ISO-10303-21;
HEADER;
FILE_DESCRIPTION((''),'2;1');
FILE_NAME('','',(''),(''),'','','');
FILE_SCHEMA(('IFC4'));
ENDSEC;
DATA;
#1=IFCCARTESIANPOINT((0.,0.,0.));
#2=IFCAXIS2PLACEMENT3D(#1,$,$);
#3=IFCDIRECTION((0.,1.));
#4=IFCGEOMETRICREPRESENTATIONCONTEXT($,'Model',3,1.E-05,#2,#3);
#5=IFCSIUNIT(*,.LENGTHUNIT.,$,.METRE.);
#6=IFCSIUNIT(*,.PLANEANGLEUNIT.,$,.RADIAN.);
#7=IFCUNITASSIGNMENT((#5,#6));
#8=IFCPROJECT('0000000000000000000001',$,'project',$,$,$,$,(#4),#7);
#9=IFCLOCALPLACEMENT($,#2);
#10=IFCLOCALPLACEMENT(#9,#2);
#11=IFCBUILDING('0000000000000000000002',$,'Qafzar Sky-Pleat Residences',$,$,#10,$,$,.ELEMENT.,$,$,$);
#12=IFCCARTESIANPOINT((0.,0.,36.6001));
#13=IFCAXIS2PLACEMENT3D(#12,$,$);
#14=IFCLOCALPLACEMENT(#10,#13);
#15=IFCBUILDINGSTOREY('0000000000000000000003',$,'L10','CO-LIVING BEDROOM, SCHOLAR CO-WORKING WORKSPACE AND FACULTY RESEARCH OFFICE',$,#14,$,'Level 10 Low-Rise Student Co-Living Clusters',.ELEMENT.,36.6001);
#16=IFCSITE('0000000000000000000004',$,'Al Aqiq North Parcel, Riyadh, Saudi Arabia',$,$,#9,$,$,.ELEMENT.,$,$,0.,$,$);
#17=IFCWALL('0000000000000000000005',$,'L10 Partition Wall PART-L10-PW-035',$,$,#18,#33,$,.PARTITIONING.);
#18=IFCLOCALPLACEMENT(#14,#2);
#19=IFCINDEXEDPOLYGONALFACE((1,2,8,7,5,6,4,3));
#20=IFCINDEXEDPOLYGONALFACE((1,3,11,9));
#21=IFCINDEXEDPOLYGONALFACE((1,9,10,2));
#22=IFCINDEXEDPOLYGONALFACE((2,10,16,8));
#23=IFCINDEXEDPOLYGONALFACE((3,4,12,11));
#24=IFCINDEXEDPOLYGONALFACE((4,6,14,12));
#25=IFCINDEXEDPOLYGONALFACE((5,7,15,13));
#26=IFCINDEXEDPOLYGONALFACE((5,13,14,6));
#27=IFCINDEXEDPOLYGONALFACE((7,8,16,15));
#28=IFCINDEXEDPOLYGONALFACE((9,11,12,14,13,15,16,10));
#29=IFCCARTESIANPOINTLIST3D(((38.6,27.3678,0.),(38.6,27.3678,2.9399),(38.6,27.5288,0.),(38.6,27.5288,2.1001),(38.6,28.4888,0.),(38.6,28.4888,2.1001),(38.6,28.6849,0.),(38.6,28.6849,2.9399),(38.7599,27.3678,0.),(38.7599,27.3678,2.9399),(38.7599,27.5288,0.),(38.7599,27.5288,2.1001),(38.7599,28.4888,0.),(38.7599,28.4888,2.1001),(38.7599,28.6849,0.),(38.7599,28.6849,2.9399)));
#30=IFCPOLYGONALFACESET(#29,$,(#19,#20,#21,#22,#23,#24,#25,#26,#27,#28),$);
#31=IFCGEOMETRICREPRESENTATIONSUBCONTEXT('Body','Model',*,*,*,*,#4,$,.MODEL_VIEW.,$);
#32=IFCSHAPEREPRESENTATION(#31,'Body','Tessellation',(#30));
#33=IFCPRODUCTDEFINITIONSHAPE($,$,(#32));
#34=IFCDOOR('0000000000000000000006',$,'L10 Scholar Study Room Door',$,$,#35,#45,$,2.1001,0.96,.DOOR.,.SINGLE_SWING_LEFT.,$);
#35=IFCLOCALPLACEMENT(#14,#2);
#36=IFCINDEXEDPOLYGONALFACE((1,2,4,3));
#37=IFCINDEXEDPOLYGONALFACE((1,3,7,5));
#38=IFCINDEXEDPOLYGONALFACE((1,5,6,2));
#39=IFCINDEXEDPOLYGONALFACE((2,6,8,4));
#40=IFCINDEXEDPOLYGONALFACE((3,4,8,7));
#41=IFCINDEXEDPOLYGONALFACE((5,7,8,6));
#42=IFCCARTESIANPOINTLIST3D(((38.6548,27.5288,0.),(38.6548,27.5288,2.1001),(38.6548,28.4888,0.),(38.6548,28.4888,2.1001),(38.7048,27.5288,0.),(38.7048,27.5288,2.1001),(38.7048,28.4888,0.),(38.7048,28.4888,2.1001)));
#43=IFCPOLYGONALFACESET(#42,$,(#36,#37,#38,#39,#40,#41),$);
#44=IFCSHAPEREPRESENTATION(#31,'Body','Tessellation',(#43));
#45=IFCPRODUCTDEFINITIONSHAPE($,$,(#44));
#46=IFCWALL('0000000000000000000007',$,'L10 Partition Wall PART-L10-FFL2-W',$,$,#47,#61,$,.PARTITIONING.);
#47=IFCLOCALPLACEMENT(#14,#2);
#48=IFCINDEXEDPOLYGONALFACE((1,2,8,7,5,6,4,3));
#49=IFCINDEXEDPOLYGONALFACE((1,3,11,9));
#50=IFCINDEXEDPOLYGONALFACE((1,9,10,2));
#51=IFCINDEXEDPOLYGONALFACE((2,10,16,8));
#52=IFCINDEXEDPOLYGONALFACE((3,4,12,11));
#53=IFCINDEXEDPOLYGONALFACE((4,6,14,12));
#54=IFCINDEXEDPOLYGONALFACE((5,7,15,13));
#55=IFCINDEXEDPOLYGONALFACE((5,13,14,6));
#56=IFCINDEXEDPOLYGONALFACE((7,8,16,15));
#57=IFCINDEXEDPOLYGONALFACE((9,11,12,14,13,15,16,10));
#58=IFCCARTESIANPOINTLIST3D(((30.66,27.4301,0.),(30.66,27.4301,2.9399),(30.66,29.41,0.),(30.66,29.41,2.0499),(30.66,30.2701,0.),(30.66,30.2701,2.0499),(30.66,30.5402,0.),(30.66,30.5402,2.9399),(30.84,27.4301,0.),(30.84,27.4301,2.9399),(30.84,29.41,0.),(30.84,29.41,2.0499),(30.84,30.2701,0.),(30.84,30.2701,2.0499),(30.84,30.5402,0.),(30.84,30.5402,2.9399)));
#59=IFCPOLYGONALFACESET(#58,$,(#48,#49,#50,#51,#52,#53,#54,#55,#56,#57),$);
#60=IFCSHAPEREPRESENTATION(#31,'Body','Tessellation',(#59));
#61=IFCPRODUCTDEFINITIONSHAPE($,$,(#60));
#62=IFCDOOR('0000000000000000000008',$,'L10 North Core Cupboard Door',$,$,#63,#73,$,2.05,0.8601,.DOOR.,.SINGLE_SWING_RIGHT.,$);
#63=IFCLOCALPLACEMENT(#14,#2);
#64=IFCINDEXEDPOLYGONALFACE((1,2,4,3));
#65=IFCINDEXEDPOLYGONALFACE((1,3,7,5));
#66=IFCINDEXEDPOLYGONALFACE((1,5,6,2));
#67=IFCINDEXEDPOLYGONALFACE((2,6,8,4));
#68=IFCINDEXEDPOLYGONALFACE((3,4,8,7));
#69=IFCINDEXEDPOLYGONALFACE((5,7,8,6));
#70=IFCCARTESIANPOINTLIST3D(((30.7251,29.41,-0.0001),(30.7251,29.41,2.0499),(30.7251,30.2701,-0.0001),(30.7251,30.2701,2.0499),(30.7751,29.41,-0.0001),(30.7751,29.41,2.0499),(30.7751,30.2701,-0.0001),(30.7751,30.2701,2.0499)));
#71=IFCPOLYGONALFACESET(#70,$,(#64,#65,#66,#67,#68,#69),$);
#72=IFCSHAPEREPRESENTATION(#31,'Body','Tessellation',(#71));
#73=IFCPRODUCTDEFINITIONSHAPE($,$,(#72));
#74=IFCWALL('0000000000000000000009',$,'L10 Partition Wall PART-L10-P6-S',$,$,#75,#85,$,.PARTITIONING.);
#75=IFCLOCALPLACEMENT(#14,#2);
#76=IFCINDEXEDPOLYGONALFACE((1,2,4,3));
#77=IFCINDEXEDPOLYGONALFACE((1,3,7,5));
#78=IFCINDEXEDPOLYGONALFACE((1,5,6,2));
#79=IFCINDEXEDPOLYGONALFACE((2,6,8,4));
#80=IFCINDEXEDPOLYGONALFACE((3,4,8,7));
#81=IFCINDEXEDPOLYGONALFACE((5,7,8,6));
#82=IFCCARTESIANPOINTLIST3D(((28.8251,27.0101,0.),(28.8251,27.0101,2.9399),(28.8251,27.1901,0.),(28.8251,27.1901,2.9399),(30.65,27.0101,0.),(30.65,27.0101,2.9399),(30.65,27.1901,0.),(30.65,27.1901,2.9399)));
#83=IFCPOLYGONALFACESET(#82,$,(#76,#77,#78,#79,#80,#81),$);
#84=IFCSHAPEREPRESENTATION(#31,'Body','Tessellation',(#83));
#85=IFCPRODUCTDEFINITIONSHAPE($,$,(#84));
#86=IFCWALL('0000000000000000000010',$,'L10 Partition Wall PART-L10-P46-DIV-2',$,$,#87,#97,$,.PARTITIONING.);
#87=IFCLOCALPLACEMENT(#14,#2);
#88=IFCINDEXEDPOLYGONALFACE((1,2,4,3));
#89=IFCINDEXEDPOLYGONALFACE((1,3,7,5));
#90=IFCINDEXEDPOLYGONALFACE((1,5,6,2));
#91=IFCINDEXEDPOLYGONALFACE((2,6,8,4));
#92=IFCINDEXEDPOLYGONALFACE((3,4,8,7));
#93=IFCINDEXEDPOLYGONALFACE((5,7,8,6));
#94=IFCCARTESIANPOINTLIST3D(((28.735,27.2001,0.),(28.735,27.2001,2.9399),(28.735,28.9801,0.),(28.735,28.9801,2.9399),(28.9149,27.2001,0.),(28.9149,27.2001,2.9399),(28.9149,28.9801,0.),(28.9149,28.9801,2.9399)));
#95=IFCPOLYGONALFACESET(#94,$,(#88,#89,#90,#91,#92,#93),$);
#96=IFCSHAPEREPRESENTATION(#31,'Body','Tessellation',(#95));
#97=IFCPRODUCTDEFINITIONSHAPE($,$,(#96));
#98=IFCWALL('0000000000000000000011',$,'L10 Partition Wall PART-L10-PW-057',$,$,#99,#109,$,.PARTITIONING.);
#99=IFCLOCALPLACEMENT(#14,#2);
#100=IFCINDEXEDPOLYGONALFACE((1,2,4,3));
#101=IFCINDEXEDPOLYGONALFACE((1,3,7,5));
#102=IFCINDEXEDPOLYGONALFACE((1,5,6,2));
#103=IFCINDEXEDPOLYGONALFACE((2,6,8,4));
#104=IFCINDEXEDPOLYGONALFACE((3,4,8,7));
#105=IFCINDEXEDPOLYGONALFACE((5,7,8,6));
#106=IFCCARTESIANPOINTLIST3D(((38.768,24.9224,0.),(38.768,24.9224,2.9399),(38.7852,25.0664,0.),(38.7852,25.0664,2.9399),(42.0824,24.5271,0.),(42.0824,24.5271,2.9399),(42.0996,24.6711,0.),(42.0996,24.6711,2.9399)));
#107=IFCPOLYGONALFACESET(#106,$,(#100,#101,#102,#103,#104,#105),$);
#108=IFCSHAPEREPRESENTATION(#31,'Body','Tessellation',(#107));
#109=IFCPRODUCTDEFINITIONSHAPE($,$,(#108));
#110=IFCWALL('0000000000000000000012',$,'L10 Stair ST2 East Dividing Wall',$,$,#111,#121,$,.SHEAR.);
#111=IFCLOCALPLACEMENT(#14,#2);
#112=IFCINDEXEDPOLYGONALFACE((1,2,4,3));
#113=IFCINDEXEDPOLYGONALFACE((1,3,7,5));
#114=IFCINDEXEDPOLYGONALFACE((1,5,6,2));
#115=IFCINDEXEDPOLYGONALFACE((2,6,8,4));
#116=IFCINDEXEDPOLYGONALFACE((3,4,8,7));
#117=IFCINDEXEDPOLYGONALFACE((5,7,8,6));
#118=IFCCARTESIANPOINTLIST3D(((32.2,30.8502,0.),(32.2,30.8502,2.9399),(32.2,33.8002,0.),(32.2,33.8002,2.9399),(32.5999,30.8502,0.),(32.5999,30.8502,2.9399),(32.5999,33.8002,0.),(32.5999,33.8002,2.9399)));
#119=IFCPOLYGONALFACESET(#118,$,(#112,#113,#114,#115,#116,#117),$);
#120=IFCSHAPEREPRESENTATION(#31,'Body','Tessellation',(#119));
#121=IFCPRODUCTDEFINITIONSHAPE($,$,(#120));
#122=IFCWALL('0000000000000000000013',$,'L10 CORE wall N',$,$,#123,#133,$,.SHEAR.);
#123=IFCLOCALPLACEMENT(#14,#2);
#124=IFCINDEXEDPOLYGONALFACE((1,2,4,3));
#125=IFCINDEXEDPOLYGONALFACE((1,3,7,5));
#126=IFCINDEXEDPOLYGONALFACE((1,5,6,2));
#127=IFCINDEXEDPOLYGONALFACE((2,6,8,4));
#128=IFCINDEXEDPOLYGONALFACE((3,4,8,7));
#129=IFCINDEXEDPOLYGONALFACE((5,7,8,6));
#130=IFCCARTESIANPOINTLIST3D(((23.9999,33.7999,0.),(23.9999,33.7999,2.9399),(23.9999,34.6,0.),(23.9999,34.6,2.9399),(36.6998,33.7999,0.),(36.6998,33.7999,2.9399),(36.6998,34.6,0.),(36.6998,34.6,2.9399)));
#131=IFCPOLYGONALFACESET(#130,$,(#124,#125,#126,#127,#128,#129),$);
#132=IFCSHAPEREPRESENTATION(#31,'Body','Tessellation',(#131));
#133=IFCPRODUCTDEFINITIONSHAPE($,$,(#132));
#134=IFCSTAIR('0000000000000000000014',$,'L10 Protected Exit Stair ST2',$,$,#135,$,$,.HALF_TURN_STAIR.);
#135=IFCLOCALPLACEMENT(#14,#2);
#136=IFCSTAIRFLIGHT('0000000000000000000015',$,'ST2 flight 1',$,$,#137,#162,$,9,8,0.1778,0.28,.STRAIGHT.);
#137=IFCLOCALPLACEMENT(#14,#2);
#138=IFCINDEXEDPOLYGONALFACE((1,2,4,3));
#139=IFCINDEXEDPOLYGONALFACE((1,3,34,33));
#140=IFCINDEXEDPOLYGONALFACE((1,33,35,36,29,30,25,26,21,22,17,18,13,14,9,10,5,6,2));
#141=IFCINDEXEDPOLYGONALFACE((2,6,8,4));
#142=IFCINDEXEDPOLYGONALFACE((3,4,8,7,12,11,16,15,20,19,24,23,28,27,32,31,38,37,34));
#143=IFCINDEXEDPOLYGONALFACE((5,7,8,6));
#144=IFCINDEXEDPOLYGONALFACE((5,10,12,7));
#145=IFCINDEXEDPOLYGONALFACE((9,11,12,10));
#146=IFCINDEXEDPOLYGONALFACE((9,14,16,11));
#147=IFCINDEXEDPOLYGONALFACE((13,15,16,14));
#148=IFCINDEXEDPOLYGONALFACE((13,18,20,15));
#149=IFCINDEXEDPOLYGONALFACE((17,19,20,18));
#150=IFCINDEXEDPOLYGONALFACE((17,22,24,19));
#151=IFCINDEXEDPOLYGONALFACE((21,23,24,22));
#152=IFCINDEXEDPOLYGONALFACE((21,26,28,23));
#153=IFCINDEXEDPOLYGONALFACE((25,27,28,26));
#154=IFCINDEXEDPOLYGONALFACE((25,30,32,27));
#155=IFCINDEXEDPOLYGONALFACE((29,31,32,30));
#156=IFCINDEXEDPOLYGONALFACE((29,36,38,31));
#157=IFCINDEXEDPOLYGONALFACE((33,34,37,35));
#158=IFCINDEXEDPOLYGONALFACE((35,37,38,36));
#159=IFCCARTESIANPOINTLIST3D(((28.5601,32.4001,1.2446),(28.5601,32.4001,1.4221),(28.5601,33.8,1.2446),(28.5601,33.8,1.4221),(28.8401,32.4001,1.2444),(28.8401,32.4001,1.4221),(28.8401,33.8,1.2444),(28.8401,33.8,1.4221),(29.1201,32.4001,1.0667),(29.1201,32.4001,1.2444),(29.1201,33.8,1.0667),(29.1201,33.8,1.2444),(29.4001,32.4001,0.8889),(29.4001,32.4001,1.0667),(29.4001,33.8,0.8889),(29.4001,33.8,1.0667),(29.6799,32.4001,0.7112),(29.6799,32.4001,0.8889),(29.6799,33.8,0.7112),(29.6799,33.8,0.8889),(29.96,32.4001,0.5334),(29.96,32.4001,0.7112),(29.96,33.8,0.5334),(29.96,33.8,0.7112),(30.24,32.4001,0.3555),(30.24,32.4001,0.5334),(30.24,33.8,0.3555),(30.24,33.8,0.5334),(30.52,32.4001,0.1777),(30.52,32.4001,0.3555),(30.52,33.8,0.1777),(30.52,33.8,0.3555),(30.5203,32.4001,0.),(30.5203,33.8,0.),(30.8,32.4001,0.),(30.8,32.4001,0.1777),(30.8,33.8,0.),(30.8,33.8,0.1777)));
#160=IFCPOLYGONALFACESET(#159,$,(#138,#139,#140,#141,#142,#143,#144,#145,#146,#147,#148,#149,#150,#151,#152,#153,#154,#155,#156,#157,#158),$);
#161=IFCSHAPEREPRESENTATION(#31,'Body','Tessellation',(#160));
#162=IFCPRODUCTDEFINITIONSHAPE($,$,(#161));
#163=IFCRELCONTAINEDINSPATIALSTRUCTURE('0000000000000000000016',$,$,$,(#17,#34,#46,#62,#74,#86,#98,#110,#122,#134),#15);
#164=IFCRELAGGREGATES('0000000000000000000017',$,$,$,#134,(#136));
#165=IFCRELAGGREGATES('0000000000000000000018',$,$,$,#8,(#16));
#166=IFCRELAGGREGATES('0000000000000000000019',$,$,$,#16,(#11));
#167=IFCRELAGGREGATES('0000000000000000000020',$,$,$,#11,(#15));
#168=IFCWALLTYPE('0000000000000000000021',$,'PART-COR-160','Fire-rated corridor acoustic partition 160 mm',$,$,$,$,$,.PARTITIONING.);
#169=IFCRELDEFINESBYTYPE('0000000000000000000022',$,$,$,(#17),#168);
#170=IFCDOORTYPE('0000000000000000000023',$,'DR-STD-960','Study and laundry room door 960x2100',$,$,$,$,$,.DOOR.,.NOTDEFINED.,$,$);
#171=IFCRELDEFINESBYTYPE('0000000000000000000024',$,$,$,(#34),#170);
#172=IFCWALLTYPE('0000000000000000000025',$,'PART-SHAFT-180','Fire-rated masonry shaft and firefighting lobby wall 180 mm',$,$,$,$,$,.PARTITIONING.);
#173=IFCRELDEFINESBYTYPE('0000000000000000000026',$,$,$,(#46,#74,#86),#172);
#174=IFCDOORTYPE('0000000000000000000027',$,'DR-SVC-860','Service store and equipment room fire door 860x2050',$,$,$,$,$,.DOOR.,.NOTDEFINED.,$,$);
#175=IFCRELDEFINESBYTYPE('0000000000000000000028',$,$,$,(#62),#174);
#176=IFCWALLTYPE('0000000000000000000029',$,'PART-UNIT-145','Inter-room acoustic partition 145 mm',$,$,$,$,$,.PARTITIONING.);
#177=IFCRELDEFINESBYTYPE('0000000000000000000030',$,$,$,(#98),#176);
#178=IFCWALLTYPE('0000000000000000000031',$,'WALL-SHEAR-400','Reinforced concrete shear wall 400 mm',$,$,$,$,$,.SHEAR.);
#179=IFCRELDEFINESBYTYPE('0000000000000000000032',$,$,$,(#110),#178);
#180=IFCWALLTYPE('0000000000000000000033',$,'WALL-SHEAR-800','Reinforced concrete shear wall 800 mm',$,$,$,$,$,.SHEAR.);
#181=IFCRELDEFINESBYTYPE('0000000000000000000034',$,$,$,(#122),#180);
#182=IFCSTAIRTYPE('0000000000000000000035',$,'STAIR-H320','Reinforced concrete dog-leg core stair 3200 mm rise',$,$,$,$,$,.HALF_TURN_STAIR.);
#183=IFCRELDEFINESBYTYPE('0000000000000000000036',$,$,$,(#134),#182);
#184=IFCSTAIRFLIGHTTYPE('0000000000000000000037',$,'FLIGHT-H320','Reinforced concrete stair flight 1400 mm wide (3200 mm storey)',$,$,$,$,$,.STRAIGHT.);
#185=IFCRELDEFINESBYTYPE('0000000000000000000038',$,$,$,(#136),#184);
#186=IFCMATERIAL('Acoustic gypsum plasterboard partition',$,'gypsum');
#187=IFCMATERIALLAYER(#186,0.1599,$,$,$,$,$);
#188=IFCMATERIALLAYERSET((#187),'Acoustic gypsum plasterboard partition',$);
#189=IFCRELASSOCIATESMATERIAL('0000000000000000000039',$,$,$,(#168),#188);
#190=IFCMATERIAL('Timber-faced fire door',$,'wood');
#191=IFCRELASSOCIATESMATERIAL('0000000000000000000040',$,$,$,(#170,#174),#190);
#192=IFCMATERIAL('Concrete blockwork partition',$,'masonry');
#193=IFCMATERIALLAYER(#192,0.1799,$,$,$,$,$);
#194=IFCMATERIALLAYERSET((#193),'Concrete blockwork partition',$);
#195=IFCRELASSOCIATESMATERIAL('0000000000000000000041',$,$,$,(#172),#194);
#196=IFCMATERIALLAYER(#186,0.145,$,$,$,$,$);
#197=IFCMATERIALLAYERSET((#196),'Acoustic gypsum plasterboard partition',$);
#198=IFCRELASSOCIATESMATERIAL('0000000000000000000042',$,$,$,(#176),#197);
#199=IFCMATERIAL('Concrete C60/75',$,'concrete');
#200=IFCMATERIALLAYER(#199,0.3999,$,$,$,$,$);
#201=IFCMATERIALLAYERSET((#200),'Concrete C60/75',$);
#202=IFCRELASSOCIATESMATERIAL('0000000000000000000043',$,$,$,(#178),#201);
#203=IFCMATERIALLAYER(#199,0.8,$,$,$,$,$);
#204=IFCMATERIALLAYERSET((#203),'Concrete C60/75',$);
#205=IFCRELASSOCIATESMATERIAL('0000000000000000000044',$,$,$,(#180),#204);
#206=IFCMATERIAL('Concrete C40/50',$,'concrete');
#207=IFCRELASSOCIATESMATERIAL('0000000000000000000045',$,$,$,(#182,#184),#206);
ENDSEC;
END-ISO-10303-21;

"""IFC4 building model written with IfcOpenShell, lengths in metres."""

from ifc_helpers import new_model, si_unit, direction, frame, frame_2d, origin, place, context, subcontext, project, spatial, polyline, rectangle, outline, extrude, source, transform, mapped, material, layer, layer_set, type_object, element, fill, aggregate, save


model = new_model("IFC4")

# Units and contexts
model_context = context("Model", 3, precision=1e-05, world=origin(), true_north=direction((0.0, 1.0)))
body_context = subcontext(model_context, "Body", "Model", "MODEL_VIEW")
ifc_project = project(units=[si_unit("LENGTHUNIT", "METRE"), si_unit("PLANEANGLEUNIT", "RADIAN")], contexts=[model_context])

# Site, building, storey
site_placement = place(None, origin())
site = spatial("IfcSite", under=ifc_project, at=site_placement, Name="Al Aqiq North Parcel, Riyadh, Saudi Arabia", CompositionType="ELEMENT", RefElevation=0.0)
building_placement = place(site_placement, origin())
building = spatial("IfcBuilding", under=site, at=building_placement, Name="Qafzar Sky-Pleat Residences", CompositionType="ELEMENT")
storey_placement = place(building_placement, frame((0.0, 0.0, 36.6001)))
storey = spatial("IfcBuildingStorey", under=building, at=storey_placement, Name="L10", Description="CO-LIVING BEDROOM, SCHOLAR CO-WORKING WORKSPACE AND FACULTY RESEARCH OFFICE", LongName="Level 10 Low-Rise Student Co-Living Clusters", CompositionType="ELEMENT", Elevation=36.6001)

# Walls, openings, doors
ifc_material_1 = material(Name="Acoustic gypsum plasterboard partition", Category="gypsum")
ifc_layer_1 = layer(ifc_material_1, 0.1599)
ifc_layer_set_1 = layer_set([ifc_layer_1], Name="Acoustic gypsum plasterboard partition")
wall_type_1 = type_object("IfcWallType", Name="PART-COR-160", Description="Fire-rated corridor acoustic partition 160 mm", PredefinedType="PARTITIONING", material=ifc_layer_set_1)
ifc_material_2 = material(Name="Timber-faced fire door", Category="wood")
wall_1_placement = place(storey_placement, frame((38.6799, 28.6851, 0.0), z_axis=(0.0, 0.0, 1.0), x_axis=(0.0, -1.0, 0.0)))
wall_1 = element("IfcWall", 1, at=wall_1_placement, inside=storey, type_object=wall_type_1, Name="L10 Partition Wall PART-L10-PW-035", PredefinedType="PARTITIONING", context=body_context, shape_type="SweptSolid", body=[
    extrude(rectangle(XDim=1.3171, YDim=0.1599, at=frame_2d((0.6587, 0.0))), origin(), (0.0, 0.0, 1.0), 2.9399),
])
opening_1_placement = place(wall_1_placement, frame((0.1963, 0.0, 0.0)))
opening_1 = element("IfcOpeningElement", 2, at=opening_1_placement, cuts=wall_1, PredefinedType="OPENING", context=body_context, shape_type="SweptSolid", body=[
    extrude(rectangle(XDim=0.96, YDim=2.1001, at=frame_2d((0.48, 1.05))), frame((0.0, 0.0898, 0.0), z_axis=(0.0, -1.0, 0.0), x_axis=(1.0, 0.0, 0.0)), (0.0, 0.0, 1.0), 0.1799),
])
door_type_1 = type_object("IfcDoorType", Name="DR-STD-960", Description="Study and laundry room door 960x2100", OperationType="NOTDEFINED", PredefinedType="DOOR", material=ifc_material_2)
shared_shape_1 = source(origin(), body_context, "Body", "SweptSolid", [
    extrude(rectangle(XDim=0.96, YDim=2.1001, at=frame_2d((0.48, 1.05))), frame((0.0, 0.0249, 0.0), z_axis=(0.0, -1.0, 0.0), x_axis=(1.0, 0.0, 0.0)), (0.0, 0.0, 1.0), 0.05),
])
door_1_placement = place(opening_1_placement, origin())
door_1 = element("IfcDoor", 3, at=door_1_placement, inside=storey, type_object=door_type_1, Name="L10 Scholar Study Room Door", OperationType="SINGLE_SWING_LEFT", OverallHeight=2.1001, OverallWidth=0.96, PredefinedType="DOOR", context=body_context, shape_type="MappedRepresentation", body=[
    mapped(shared_shape_1, transform((0.0, 0.0, 0.0), x_axis=(1.0, 0.0, 0.0), y_axis=(0.0, 1.0, 0.0), z_axis=(0.0, 0.0, 1.0), scale=1.0)),
])
fill(opening_1, door_1)
ifc_material_3 = material(Name="Concrete blockwork partition", Category="masonry")
ifc_layer_2 = layer(ifc_material_3, 0.1799)
ifc_layer_set_2 = layer_set([ifc_layer_2], Name="Concrete blockwork partition")
wall_type_2 = type_object("IfcWallType", Name="PART-SHAFT-180", Description="Fire-rated masonry shaft and firefighting lobby wall 180 mm", PredefinedType="PARTITIONING", material=ifc_layer_set_2)
wall_2_placement = place(storey_placement, frame((30.75, 27.4299, 0.0), z_axis=(0.0, 0.0, 1.0), x_axis=(0.0, 1.0, 0.0)))
wall_2 = element("IfcWall", 4, at=wall_2_placement, inside=storey, type_object=wall_type_2, Name="L10 Partition Wall PART-L10-FFL2-W", PredefinedType="PARTITIONING", context=body_context, shape_type="SweptSolid", body=[
    extrude(rectangle(XDim=3.1101, YDim=0.1799, at=frame_2d((1.5552, 0.0))), origin(), (0.0, 0.0, 1.0), 2.9399),
])
opening_2_placement = place(wall_2_placement, frame((1.98, 0.0, 0.0)))
opening_2 = element("IfcOpeningElement", 5, at=opening_2_placement, cuts=wall_2, PredefinedType="OPENING", context=body_context, shape_type="SweptSolid", body=[
    extrude(rectangle(XDim=0.8601, YDim=2.05, at=frame_2d((0.4302, 1.0249))), frame((0.0, 0.1001, 0.0), z_axis=(0.0, -1.0, 0.0), x_axis=(1.0, 0.0, 0.0)), (0.0, 0.0, 1.0), 0.2),
])
door_type_2 = type_object("IfcDoorType", Name="DR-SVC-860", Description="Service store and equipment room fire door 860x2050", OperationType="NOTDEFINED", PredefinedType="DOOR", material=ifc_material_2)
shared_shape_2 = source(origin(), body_context, "Body", "SweptSolid", [
    extrude(rectangle(XDim=0.8601, YDim=2.05, at=frame_2d((0.4302, 1.0249))), frame((0.0, 0.0249, 0.0), z_axis=(0.0, -1.0, 0.0), x_axis=(1.0, 0.0, 0.0)), (0.0, 0.0, 1.0), 0.05),
])
door_2_placement = place(opening_2_placement, origin())
door_2 = element("IfcDoor", 6, at=door_2_placement, inside=storey, type_object=door_type_2, Name="L10 North Core Cupboard Door", OperationType="SINGLE_SWING_RIGHT", OverallHeight=2.05, OverallWidth=0.8601, PredefinedType="DOOR", context=body_context, shape_type="MappedRepresentation", body=[
    mapped(shared_shape_2, transform((0.0, 0.0, 0.0), x_axis=(1.0, 0.0, 0.0), y_axis=(0.0, 1.0, 0.0), z_axis=(0.0, 0.0, 1.0), scale=1.0)),
])
fill(opening_2, door_2)

# Walls
wall_3_placement = place(storey_placement, frame((28.825, 27.1001, 0.0), z_axis=(0.0, 0.0, 1.0), x_axis=(1.0, 0.0, 0.0)))
element("IfcWall", 7, at=wall_3_placement, inside=storey, type_object=wall_type_2, Name="L10 Partition Wall PART-L10-P6-S", PredefinedType="PARTITIONING", context=body_context, shape_type="SweptSolid", body=[
    extrude(rectangle(XDim=1.825, YDim=0.1799, at=frame_2d((0.9126, 0.0))), origin(), (0.0, 0.0, 1.0), 2.9399),
])
wall_4_placement = place(storey_placement, frame((28.825, 27.2, 0.0), z_axis=(0.0, 0.0, 1.0), x_axis=(0.0, 1.0, 0.0)))
element("IfcWall", 8, at=wall_4_placement, inside=storey, type_object=wall_type_2, Name="L10 Partition Wall PART-L10-P46-DIV-2", PredefinedType="PARTITIONING", context=body_context, shape_type="SweptSolid", body=[
    extrude(rectangle(XDim=1.78, YDim=0.1799, at=frame_2d((0.8901, 0.0))), origin(), (0.0, 0.0, 1.0), 2.9399),
])
ifc_layer_3 = layer(ifc_material_1, 0.145)
ifc_layer_set_3 = layer_set([ifc_layer_3], Name="Acoustic gypsum plasterboard partition")
wall_type_3 = type_object("IfcWallType", Name="PART-UNIT-145", Description="Inter-room acoustic partition 145 mm", PredefinedType="PARTITIONING", material=ifc_layer_set_3)
wall_5_placement = place(storey_placement, frame((38.7766, 24.9944, 0.0), z_axis=(0.0, 0.0, 1.0), x_axis=(0.992964, -0.118416, 0.0)))
element("IfcWall", 9, at=wall_5_placement, inside=storey, type_object=wall_type_3, Name="L10 Partition Wall PART-L10-PW-057", PredefinedType="PARTITIONING", context=body_context, shape_type="SweptSolid", body=[
    extrude(rectangle(XDim=3.3379, YDim=0.145, at=frame_2d((1.6689, 0.0))), origin(), (0.0, 0.0, 1.0), 2.9399),
])
ifc_material_4 = material(Name="Concrete C60/75", Category="concrete")
ifc_layer_4 = layer(ifc_material_4, 0.3999)
ifc_layer_set_4 = layer_set([ifc_layer_4], Name="Concrete C60/75")
wall_type_4 = type_object("IfcWallType", Name="WALL-SHEAR-400", Description="Reinforced concrete shear wall 400 mm", PredefinedType="SHEAR", material=ifc_layer_set_4)
wall_6_placement = place(storey_placement, frame((32.3999, 30.8501, 0.0), z_axis=(0.0, 0.0, 1.0), x_axis=(0.0, 1.0, 0.0)))
element("IfcWall", 10, at=wall_6_placement, inside=storey, type_object=wall_type_4, Name="L10 Stair ST2 East Dividing Wall", PredefinedType="SHEAR", context=body_context, shape_type="SweptSolid", body=[
    extrude(rectangle(XDim=2.95, YDim=0.3999, at=frame_2d((1.4751, 0.0))), origin(), (0.0, 0.0, 1.0), 2.9399),
])
ifc_layer_5 = layer(ifc_material_4, 0.8)
ifc_layer_set_5 = layer_set([ifc_layer_5], Name="Concrete C60/75")
wall_type_5 = type_object("IfcWallType", Name="WALL-SHEAR-800", Description="Reinforced concrete shear wall 800 mm", PredefinedType="SHEAR", material=ifc_layer_set_5)
wall_7_placement = place(storey_placement, frame((36.7, 34.2, 0.0), z_axis=(0.0, 0.0, 1.0), x_axis=(-1.0, 0.0, 0.0)))
element("IfcWall", 11, at=wall_7_placement, inside=storey, type_object=wall_type_5, Name="L10 CORE wall N", PredefinedType="SHEAR", context=body_context, shape_type="SweptSolid", body=[
    extrude(rectangle(XDim=12.7, YDim=0.8, at=frame_2d((6.3501, 0.0))), origin(), (0.0, 0.0, 1.0), 2.9399),
])

# Stair, stair flight
ifc_material_5 = material(Name="Concrete C40/50", Category="concrete")
stair_type = type_object("IfcStairType", Name="STAIR-H320", Description="Reinforced concrete dog-leg core stair 3200 mm rise", PredefinedType="HALF_TURN_STAIR", material=ifc_material_5)
stair_placement = place(storey_placement, origin())
stair = element("IfcStair", 12, at=stair_placement, inside=storey, type_object=stair_type, Name="L10 Protected Exit Stair ST2", PredefinedType="HALF_TURN_STAIR")
stair_flight_type = type_object("IfcStairFlightType", Name="FLIGHT-H320", Description="Reinforced concrete stair flight 1400 mm wide (3200 mm storey)", PredefinedType="STRAIGHT", material=ifc_material_5)
shared_shape_3 = source(origin(), body_context, "Body", "SweptSolid", [
    extrude(outline(polyline([(0.0, 0.0), (0.0, 0.1777), (0.28, 0.1777), (0.28, 0.3555), (0.5601, 0.3555), (0.5601, 0.5334), (0.8401, 0.5334), (0.8401, 0.7112), (1.1201, 0.7112), (1.1201, 0.8889), (1.3999, 0.8889), (1.3999, 1.0667), (1.6799, 1.0667), (1.6799, 1.2444), (1.96, 1.2444), (1.96, 1.4221), (2.24, 1.4221), (2.24, 1.6001), (2.24, 1.2446), (0.2798, 0.0), (0.0, 0.0)])), frame((0.0, 0.7, 0.0), z_axis=(0.0, -1.0, 0.0), x_axis=(1.0, 0.0, 0.0)), (0.0, 0.0, 1.0), 1.3999),
])
stair_flight_1_placement = place(storey_placement, frame((30.8, 33.1001, 0.0), z_axis=(0.0, 0.0, 1.0), x_axis=(-1.0, 0.0, 0.0)))
stair_flight_1 = element("IfcStairFlight", 13, at=stair_flight_1_placement, type_object=stair_flight_type, Name="ST2 flight 1", NumberOfRisers=9, NumberOfTreads=8, PredefinedType="STRAIGHT", RiserHeight=0.1778, TreadLength=0.28, context=body_context, shape_type="MappedRepresentation", body=[
    mapped(shared_shape_3, transform((0.0, 0.0, 0.0), x_axis=(1.0, 0.0, 0.0), y_axis=(0.0, 1.0, 0.0), z_axis=(0.0, 0.0, 1.0), scale=1.0)),
])
aggregate(stair, [stair_flight_1])

save(model, "model.ifc")
